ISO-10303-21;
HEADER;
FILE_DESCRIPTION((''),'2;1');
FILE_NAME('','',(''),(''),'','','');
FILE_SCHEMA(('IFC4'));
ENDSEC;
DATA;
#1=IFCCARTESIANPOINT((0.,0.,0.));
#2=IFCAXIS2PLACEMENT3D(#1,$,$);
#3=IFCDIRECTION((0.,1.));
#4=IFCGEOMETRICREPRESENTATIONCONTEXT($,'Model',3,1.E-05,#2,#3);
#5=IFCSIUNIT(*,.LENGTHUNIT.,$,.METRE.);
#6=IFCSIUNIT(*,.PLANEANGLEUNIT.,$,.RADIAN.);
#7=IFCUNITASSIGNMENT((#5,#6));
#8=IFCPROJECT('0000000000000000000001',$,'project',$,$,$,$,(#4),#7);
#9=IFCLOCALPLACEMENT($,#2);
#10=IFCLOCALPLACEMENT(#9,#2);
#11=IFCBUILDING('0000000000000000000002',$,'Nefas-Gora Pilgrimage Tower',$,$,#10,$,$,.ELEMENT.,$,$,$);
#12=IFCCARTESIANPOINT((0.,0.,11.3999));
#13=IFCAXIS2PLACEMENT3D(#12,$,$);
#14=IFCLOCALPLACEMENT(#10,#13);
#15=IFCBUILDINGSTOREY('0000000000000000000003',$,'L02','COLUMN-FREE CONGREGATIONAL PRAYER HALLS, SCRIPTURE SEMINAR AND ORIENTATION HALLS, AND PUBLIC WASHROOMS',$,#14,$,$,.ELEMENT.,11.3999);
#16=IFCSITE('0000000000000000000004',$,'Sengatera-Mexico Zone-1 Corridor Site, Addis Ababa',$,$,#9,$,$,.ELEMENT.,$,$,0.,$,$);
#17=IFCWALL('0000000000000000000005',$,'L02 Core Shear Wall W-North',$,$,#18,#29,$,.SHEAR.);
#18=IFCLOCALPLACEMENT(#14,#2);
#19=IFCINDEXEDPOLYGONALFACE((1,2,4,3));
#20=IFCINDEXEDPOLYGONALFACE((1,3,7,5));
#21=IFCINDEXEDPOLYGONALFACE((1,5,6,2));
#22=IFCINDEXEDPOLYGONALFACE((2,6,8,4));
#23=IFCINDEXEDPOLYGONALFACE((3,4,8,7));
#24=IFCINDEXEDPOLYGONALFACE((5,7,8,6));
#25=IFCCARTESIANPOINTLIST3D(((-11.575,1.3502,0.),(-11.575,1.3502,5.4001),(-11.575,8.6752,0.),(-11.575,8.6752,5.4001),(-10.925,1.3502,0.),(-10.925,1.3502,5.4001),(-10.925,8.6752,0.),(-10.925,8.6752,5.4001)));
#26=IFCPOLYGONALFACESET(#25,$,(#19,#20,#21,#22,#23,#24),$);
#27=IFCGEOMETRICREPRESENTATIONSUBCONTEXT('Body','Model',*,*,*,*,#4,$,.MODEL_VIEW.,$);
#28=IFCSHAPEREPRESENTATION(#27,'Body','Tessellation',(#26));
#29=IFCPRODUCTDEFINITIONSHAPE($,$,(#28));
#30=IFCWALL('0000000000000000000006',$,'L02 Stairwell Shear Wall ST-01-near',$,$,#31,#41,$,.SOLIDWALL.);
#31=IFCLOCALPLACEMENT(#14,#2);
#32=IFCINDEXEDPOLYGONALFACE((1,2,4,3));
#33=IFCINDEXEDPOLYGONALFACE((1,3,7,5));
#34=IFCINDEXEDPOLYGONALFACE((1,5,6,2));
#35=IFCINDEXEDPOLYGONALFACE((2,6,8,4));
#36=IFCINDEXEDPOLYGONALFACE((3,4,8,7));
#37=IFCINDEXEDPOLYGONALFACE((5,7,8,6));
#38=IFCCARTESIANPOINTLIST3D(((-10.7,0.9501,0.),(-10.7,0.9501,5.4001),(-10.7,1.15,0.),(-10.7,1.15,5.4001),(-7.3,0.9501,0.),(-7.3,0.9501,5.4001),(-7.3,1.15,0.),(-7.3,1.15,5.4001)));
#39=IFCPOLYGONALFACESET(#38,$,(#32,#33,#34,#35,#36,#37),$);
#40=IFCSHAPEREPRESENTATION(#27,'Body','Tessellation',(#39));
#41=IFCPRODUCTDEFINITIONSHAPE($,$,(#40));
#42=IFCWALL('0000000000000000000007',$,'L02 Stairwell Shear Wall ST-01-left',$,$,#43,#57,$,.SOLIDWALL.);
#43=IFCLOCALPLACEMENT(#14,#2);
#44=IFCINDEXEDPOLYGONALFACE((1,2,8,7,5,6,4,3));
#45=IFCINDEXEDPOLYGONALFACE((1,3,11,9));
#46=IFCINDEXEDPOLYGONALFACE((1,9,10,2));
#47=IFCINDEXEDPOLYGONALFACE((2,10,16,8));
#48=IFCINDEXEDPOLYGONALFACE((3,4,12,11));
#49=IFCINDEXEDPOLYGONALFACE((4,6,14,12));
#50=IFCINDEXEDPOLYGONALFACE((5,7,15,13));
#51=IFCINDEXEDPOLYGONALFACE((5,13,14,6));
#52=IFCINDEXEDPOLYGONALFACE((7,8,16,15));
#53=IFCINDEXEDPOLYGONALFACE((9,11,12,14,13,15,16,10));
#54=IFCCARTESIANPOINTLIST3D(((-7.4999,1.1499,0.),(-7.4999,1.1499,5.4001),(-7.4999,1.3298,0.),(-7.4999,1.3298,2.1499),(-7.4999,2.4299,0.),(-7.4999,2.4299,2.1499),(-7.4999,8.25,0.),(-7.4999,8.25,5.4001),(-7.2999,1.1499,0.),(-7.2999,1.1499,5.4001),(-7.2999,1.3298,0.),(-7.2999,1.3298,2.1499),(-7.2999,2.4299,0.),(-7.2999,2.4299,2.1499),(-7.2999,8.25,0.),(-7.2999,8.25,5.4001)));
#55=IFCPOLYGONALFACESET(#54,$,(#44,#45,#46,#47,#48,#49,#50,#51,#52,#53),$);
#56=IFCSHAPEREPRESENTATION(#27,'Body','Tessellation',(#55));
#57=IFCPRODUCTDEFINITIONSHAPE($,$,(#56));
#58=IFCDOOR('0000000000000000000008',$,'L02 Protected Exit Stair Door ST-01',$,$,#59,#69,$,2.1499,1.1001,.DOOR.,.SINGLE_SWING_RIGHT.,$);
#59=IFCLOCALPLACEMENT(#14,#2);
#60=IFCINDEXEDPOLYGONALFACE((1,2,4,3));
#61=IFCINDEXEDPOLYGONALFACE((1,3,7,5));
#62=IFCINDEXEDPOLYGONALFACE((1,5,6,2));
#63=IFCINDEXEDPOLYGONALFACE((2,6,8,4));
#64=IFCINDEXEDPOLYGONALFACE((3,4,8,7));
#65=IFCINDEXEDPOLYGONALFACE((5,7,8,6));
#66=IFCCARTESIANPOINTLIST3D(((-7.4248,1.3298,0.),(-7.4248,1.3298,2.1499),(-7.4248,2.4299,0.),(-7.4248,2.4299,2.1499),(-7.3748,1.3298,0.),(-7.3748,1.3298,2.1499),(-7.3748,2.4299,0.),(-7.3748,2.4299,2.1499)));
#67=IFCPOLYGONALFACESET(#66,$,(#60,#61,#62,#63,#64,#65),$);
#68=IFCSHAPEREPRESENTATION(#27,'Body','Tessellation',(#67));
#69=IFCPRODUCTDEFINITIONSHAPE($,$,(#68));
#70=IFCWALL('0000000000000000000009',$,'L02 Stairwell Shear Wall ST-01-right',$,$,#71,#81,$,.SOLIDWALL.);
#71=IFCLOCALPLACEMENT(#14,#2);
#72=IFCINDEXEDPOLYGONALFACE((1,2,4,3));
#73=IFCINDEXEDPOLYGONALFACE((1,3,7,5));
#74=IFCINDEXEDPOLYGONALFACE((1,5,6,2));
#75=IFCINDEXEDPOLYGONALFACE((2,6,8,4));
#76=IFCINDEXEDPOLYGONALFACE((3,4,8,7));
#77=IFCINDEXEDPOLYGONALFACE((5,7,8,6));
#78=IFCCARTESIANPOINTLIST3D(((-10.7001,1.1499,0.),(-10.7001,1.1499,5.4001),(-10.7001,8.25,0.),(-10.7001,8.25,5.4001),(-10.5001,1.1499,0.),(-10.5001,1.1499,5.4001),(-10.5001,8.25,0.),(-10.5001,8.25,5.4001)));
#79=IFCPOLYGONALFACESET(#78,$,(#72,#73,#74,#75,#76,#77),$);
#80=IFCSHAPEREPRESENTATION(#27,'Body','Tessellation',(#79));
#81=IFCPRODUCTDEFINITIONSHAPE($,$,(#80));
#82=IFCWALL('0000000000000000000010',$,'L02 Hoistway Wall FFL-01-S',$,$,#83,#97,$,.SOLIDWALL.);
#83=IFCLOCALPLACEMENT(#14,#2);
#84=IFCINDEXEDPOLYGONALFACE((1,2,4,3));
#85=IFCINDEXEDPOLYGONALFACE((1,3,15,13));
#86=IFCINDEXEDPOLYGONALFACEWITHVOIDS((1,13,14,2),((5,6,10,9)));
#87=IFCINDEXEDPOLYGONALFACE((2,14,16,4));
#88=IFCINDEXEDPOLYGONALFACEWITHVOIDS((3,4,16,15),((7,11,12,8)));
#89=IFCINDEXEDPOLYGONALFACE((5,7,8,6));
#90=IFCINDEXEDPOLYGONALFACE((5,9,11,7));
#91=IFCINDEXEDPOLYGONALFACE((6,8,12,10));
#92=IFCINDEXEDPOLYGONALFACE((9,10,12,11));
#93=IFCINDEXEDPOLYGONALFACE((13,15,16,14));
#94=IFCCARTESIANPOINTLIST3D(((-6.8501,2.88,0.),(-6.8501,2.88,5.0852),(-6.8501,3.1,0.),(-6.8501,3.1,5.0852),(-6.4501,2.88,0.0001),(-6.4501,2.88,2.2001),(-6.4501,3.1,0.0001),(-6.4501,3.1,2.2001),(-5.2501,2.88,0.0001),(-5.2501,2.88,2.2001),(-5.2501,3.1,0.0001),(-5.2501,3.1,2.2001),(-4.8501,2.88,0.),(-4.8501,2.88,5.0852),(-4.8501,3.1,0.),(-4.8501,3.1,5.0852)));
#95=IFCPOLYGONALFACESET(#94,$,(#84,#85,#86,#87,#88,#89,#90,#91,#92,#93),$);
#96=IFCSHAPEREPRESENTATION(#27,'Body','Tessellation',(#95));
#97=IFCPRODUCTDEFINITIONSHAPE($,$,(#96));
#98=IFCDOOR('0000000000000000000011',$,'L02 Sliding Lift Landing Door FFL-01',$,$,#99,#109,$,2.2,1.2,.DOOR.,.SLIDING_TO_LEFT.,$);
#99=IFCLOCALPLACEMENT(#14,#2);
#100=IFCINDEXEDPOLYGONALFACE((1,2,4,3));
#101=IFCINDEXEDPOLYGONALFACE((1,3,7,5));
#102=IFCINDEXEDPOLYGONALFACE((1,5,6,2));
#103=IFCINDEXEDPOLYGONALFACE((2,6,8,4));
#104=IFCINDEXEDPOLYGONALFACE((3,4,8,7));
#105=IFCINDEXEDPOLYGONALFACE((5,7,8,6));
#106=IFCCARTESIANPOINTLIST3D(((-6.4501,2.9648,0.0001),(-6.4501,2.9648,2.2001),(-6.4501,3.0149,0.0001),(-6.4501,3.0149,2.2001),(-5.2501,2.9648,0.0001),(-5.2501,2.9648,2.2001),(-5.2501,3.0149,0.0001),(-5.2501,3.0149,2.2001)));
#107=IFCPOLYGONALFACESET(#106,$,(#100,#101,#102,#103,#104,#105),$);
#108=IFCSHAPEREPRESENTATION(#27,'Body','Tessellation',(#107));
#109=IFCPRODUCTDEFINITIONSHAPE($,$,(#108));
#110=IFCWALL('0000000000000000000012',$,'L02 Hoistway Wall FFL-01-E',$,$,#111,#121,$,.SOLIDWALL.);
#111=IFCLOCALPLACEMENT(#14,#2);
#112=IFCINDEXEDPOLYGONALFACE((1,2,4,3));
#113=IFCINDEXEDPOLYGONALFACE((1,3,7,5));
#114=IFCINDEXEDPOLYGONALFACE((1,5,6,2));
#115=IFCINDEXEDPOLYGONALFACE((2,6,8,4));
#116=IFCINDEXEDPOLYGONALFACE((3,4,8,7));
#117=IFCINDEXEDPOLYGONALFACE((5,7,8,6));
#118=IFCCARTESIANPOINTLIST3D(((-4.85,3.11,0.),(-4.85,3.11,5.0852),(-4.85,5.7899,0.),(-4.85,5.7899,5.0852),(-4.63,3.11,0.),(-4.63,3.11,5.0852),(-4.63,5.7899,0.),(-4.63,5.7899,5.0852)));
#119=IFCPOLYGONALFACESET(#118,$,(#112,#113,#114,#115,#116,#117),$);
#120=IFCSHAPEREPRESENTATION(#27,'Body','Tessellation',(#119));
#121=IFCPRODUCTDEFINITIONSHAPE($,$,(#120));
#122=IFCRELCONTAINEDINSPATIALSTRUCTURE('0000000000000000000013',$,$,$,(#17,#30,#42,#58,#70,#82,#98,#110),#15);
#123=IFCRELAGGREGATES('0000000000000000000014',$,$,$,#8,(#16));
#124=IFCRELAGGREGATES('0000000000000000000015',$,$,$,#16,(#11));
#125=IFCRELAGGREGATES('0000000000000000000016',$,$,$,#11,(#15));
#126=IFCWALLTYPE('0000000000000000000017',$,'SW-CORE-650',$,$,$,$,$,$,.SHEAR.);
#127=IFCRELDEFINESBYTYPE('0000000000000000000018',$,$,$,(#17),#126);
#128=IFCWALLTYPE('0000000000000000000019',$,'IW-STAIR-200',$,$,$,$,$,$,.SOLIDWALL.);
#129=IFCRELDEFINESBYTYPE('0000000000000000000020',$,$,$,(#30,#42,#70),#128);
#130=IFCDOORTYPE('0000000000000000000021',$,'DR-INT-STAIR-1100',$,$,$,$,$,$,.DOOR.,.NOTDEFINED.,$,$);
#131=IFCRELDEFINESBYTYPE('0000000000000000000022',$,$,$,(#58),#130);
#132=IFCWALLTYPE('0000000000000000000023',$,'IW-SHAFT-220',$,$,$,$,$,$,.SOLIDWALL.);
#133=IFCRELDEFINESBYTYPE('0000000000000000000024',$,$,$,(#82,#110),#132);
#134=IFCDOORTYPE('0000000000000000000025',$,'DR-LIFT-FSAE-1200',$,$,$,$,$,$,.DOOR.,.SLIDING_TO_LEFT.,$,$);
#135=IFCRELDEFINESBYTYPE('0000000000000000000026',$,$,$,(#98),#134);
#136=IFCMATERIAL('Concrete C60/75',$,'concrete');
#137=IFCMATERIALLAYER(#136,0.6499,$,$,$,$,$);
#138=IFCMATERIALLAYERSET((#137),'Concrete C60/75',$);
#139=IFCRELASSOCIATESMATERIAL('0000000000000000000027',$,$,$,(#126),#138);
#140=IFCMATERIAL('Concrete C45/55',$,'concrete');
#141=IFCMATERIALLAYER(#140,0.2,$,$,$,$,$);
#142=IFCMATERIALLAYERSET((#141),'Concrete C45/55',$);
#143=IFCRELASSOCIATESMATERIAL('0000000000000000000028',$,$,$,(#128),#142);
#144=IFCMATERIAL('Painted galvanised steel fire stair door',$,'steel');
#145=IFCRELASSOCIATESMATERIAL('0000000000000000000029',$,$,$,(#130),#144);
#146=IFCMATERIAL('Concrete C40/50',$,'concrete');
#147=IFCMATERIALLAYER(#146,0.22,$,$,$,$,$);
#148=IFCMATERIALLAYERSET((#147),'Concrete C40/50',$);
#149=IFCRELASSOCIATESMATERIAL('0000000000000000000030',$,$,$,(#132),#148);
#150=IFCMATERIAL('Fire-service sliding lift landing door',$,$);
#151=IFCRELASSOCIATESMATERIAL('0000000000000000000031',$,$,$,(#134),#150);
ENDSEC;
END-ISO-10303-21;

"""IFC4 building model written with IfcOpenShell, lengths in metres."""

from ifc_helpers import new_model, si_unit, direction, frame, frame_2d, origin, place, context, subcontext, project, spatial, rectangle, extrude, source, transform, mapped, material, layer, layer_set, type_object, element, fill, save


model = new_model("IFC4")

# Units and contexts
model_context = context("Model", 3, precision=1e-05, world=origin(), true_north=direction((0.0, 1.0)))
body_context = subcontext(model_context, "Body", "Model", "MODEL_VIEW")
ifc_project = project(units=[si_unit("LENGTHUNIT", "METRE"), si_unit("PLANEANGLEUNIT", "RADIAN")], contexts=[model_context])

# Site, building, storey
site_placement = place(None, origin())
site = spatial("IfcSite", under=ifc_project, at=site_placement, Name="Sengatera-Mexico Zone-1 Corridor Site, Addis Ababa", CompositionType="ELEMENT", RefElevation=0.0)
building_placement = place(site_placement, origin())
building = spatial("IfcBuilding", under=site, at=building_placement, Name="Nefas-Gora Pilgrimage Tower", CompositionType="ELEMENT")
storey_placement = place(building_placement, frame((0.0, 0.0, 11.3999)))
storey = spatial("IfcBuildingStorey", under=building, at=storey_placement, Name="L02", Description="COLUMN-FREE CONGREGATIONAL PRAYER HALLS, SCRIPTURE SEMINAR AND ORIENTATION HALLS, AND PUBLIC WASHROOMS", CompositionType="ELEMENT", Elevation=11.3999)

# Walls
ifc_material_1 = material(Name="Concrete C60/75", Category="concrete")
ifc_layer_1 = layer(ifc_material_1, 0.6499)
ifc_layer_set_1 = layer_set([ifc_layer_1], Name="Concrete C60/75")
wall_type_1 = type_object("IfcWallType", Name="SW-CORE-650", PredefinedType="SHEAR", material=ifc_layer_set_1)
shared_shape_1 = source(origin(), body_context, "Body", "SweptSolid", [
    extrude(rectangle(XDim=7.325, YDim=0.6499, at=frame_2d((3.6626, 0.0))), origin(), (0.0, 0.0, 1.0), 5.4001),
])
wall_1_placement = place(storey_placement, frame((-11.25, 1.3501, 0.0), z_axis=(0.0, 0.0, 1.0), x_axis=(0.0, 1.0, 0.0)))
element("IfcWall", 1, at=wall_1_placement, inside=storey, type_object=wall_type_1, Name="L02 Core Shear Wall W-North", PredefinedType="SHEAR", context=body_context, shape_type="MappedRepresentation", body=[
    mapped(shared_shape_1, transform((0.0, 0.0, 0.0), x_axis=(1.0, 0.0, 0.0), y_axis=(0.0, 1.0, 0.0), z_axis=(0.0, 0.0, 1.0), scale=1.0)),
])
ifc_material_2 = material(Name="Concrete C45/55", Category="concrete")
ifc_layer_2 = layer(ifc_material_2, 0.2)
ifc_layer_set_2 = layer_set([ifc_layer_2], Name="Concrete C45/55")
wall_type_2 = type_object("IfcWallType", Name="IW-STAIR-200", PredefinedType="SOLIDWALL", material=ifc_layer_set_2)
shared_shape_2 = source(origin(), body_context, "Body", "SweptSolid", [
    extrude(rectangle(XDim=3.3999, YDim=0.2, at=frame_2d((1.7, 0.0))), origin(), (0.0, 0.0, 1.0), 5.4001),
])
wall_2_placement = place(storey_placement, frame((-7.3, 1.05, 0.0), z_axis=(0.0, 0.0, 1.0), x_axis=(-1.0, 0.0, 0.0)))
element("IfcWall", 2, at=wall_2_placement, inside=storey, type_object=wall_type_2, Name="L02 Stairwell Shear Wall ST-01-near", PredefinedType="SOLIDWALL", context=body_context, shape_type="MappedRepresentation", body=[
    mapped(shared_shape_2, transform((0.0, 0.0, 0.0), x_axis=(1.0, 0.0, 0.0), y_axis=(0.0, 1.0, 0.0), z_axis=(0.0, 0.0, 1.0), scale=1.0)),
])

# Wall, opening, door
shared_shape_3 = source(origin(), body_context, "Body", "SweptSolid", [
    extrude(rectangle(XDim=7.1001, YDim=0.2, at=frame_2d((3.55, 0.0))), origin(), (0.0, 0.0, 1.0), 5.4001),
])
wall_3_placement = place(storey_placement, frame((-7.3999, 1.1499, 0.0), z_axis=(0.0, 0.0, 1.0), x_axis=(0.0, 1.0, 0.0)))
wall_3 = element("IfcWall", 3, at=wall_3_placement, inside=storey, type_object=wall_type_2, Name="L02 Stairwell Shear Wall ST-01-left", PredefinedType="SOLIDWALL", context=body_context, shape_type="MappedRepresentation", body=[
    mapped(shared_shape_3, transform((0.0, 0.0, 0.0), x_axis=(1.0, 0.0, 0.0), y_axis=(0.0, 1.0, 0.0), z_axis=(0.0, 0.0, 1.0), scale=1.0)),
])
opening_1_placement = place(wall_3_placement, frame((0.1799, 0.0, 0.0)))
opening_1 = element("IfcOpeningElement", 4, at=opening_1_placement, cuts=wall_3, PredefinedType="OPENING", context=body_context, shape_type="SweptSolid", body=[
    extrude(rectangle(XDim=1.1001, YDim=2.1499, at=frame_2d((0.55, 1.075))), frame((0.0, 0.1099, 0.0), z_axis=(0.0, -1.0, 0.0), x_axis=(1.0, 0.0, 0.0)), (0.0, 0.0, 1.0), 0.22),
])
ifc_material_3 = material(Name="Painted galvanised steel fire stair door", Category="steel")
door_type_1 = type_object("IfcDoorType", Name="DR-INT-STAIR-1100", OperationType="NOTDEFINED", PredefinedType="DOOR", material=ifc_material_3)
shared_shape_4 = source(origin(), body_context, "Body", "SweptSolid", [
    extrude(rectangle(XDim=1.1001, YDim=2.1499, at=frame_2d((0.55, 1.075))), frame((0.0, 0.0249, 0.0), z_axis=(0.0, -1.0, 0.0), x_axis=(1.0, 0.0, 0.0)), (0.0, 0.0, 1.0), 0.05),
])
door_1_placement = place(opening_1_placement, origin())
door_1 = element("IfcDoor", 5, at=door_1_placement, inside=storey, type_object=door_type_1, Name="L02 Protected Exit Stair Door ST-01", OperationType="SINGLE_SWING_RIGHT", OverallHeight=2.1499, OverallWidth=1.1001, PredefinedType="DOOR", context=body_context, shape_type="MappedRepresentation", body=[
    mapped(shared_shape_4, transform((0.0, 0.0, 0.0), x_axis=(1.0, 0.0, 0.0), y_axis=(0.0, 1.0, 0.0), z_axis=(0.0, 0.0, 1.0), scale=1.0)),
])
fill(opening_1, door_1)

# Wall
wall_4_placement = place(storey_placement, frame((-10.6001, 1.1499, 0.0), z_axis=(0.0, 0.0, 1.0), x_axis=(0.0, 1.0, 0.0)))
element("IfcWall", 6, at=wall_4_placement, inside=storey, type_object=wall_type_2, Name="L02 Stairwell Shear Wall ST-01-right", PredefinedType="SOLIDWALL", context=body_context, shape_type="MappedRepresentation", body=[
    mapped(shared_shape_3, transform((0.0, 0.0, 0.0), x_axis=(1.0, 0.0, 0.0), y_axis=(0.0, 1.0, 0.0), z_axis=(0.0, 0.0, 1.0), scale=1.0)),
])

# Wall, opening, door
ifc_material_4 = material(Name="Concrete C40/50", Category="concrete")
ifc_layer_3 = layer(ifc_material_4, 0.22)
ifc_layer_set_3 = layer_set([ifc_layer_3], Name="Concrete C40/50")
wall_type_3 = type_object("IfcWallType", Name="IW-SHAFT-220", PredefinedType="SOLIDWALL", material=ifc_layer_set_3)
shared_shape_5 = source(origin(), body_context, "Body", "SweptSolid", [
    extrude(rectangle(XDim=2.0, YDim=0.22, at=frame_2d((1.0, 0.0))), origin(), (0.0, 0.0, 1.0), 5.0852),
])
wall_5_placement = place(storey_placement, frame((-6.8501, 2.99, 0.0), z_axis=(0.0, 0.0, 1.0), x_axis=(1.0, 0.0, 0.0)))
wall_5 = element("IfcWall", 7, at=wall_5_placement, inside=storey, type_object=wall_type_3, Name="L02 Hoistway Wall FFL-01-S", PredefinedType="SOLIDWALL", context=body_context, shape_type="MappedRepresentation", body=[
    mapped(shared_shape_5, transform((0.0, 0.0, 0.0), x_axis=(1.0, 0.0, 0.0), y_axis=(0.0, 1.0, 0.0), z_axis=(0.0, 0.0, 1.0), scale=1.0)),
])
opening_2_placement = place(wall_5_placement, frame((0.3999, 0.0, 0.0)))
opening_2 = element("IfcOpeningElement", 8, at=opening_2_placement, cuts=wall_5, PredefinedType="OPENING", context=body_context, shape_type="SweptSolid", body=[
    extrude(rectangle(XDim=1.2, YDim=2.2, at=frame_2d((0.6001, 1.1001))), frame((0.0, 0.1199, 0.0), z_axis=(0.0, -1.0, 0.0), x_axis=(1.0, 0.0, 0.0)), (0.0, 0.0, 1.0), 0.24),
])
ifc_material_5 = material(Name="Fire-service sliding lift landing door")
door_type_2 = type_object("IfcDoorType", Name="DR-LIFT-FSAE-1200", OperationType="SLIDING_TO_LEFT", PredefinedType="DOOR", material=ifc_material_5)
shared_shape_6 = source(origin(), body_context, "Body", "SweptSolid", [
    extrude(rectangle(XDim=1.2, YDim=2.2, at=frame_2d((0.6001, 1.1001))), frame((0.0, 0.0249, 0.0), z_axis=(0.0, -1.0, 0.0), x_axis=(1.0, 0.0, 0.0)), (0.0, 0.0, 1.0), 0.05),
])
door_2_placement = place(opening_2_placement, origin())
door_2 = element("IfcDoor", 9, at=door_2_placement, inside=storey, type_object=door_type_2, Name="L02 Sliding Lift Landing Door FFL-01", OperationType="SLIDING_TO_LEFT", OverallHeight=2.2, OverallWidth=1.2, PredefinedType="DOOR", context=body_context, shape_type="MappedRepresentation", body=[
    mapped(shared_shape_6, transform((0.0, 0.0, 0.0), x_axis=(1.0, 0.0, 0.0), y_axis=(0.0, 1.0, 0.0), z_axis=(0.0, 0.0, 1.0), scale=1.0)),
])
fill(opening_2, door_2)

# Wall
shared_shape_7 = source(origin(), body_context, "Body", "SweptSolid", [
    extrude(rectangle(XDim=2.6799, YDim=0.22, at=frame_2d((1.3398, 0.0))), origin(), (0.0, 0.0, 1.0), 5.0852),
])
wall_6_placement = place(storey_placement, frame((-4.74, 3.1101, 0.0), z_axis=(0.0, 0.0, 1.0), x_axis=(0.0, 1.0, 0.0)))
element("IfcWall", 10, at=wall_6_placement, inside=storey, type_object=wall_type_3, Name="L02 Hoistway Wall FFL-01-E", PredefinedType="SOLIDWALL", context=body_context, shape_type="MappedRepresentation", body=[
    mapped(shared_shape_7, transform((0.0, 0.0, 0.0), x_axis=(1.0, 0.0, 0.0), y_axis=(0.0, 1.0, 0.0), z_axis=(0.0, 0.0, 1.0), scale=1.0)),
])

save(model, "model.ifc")
